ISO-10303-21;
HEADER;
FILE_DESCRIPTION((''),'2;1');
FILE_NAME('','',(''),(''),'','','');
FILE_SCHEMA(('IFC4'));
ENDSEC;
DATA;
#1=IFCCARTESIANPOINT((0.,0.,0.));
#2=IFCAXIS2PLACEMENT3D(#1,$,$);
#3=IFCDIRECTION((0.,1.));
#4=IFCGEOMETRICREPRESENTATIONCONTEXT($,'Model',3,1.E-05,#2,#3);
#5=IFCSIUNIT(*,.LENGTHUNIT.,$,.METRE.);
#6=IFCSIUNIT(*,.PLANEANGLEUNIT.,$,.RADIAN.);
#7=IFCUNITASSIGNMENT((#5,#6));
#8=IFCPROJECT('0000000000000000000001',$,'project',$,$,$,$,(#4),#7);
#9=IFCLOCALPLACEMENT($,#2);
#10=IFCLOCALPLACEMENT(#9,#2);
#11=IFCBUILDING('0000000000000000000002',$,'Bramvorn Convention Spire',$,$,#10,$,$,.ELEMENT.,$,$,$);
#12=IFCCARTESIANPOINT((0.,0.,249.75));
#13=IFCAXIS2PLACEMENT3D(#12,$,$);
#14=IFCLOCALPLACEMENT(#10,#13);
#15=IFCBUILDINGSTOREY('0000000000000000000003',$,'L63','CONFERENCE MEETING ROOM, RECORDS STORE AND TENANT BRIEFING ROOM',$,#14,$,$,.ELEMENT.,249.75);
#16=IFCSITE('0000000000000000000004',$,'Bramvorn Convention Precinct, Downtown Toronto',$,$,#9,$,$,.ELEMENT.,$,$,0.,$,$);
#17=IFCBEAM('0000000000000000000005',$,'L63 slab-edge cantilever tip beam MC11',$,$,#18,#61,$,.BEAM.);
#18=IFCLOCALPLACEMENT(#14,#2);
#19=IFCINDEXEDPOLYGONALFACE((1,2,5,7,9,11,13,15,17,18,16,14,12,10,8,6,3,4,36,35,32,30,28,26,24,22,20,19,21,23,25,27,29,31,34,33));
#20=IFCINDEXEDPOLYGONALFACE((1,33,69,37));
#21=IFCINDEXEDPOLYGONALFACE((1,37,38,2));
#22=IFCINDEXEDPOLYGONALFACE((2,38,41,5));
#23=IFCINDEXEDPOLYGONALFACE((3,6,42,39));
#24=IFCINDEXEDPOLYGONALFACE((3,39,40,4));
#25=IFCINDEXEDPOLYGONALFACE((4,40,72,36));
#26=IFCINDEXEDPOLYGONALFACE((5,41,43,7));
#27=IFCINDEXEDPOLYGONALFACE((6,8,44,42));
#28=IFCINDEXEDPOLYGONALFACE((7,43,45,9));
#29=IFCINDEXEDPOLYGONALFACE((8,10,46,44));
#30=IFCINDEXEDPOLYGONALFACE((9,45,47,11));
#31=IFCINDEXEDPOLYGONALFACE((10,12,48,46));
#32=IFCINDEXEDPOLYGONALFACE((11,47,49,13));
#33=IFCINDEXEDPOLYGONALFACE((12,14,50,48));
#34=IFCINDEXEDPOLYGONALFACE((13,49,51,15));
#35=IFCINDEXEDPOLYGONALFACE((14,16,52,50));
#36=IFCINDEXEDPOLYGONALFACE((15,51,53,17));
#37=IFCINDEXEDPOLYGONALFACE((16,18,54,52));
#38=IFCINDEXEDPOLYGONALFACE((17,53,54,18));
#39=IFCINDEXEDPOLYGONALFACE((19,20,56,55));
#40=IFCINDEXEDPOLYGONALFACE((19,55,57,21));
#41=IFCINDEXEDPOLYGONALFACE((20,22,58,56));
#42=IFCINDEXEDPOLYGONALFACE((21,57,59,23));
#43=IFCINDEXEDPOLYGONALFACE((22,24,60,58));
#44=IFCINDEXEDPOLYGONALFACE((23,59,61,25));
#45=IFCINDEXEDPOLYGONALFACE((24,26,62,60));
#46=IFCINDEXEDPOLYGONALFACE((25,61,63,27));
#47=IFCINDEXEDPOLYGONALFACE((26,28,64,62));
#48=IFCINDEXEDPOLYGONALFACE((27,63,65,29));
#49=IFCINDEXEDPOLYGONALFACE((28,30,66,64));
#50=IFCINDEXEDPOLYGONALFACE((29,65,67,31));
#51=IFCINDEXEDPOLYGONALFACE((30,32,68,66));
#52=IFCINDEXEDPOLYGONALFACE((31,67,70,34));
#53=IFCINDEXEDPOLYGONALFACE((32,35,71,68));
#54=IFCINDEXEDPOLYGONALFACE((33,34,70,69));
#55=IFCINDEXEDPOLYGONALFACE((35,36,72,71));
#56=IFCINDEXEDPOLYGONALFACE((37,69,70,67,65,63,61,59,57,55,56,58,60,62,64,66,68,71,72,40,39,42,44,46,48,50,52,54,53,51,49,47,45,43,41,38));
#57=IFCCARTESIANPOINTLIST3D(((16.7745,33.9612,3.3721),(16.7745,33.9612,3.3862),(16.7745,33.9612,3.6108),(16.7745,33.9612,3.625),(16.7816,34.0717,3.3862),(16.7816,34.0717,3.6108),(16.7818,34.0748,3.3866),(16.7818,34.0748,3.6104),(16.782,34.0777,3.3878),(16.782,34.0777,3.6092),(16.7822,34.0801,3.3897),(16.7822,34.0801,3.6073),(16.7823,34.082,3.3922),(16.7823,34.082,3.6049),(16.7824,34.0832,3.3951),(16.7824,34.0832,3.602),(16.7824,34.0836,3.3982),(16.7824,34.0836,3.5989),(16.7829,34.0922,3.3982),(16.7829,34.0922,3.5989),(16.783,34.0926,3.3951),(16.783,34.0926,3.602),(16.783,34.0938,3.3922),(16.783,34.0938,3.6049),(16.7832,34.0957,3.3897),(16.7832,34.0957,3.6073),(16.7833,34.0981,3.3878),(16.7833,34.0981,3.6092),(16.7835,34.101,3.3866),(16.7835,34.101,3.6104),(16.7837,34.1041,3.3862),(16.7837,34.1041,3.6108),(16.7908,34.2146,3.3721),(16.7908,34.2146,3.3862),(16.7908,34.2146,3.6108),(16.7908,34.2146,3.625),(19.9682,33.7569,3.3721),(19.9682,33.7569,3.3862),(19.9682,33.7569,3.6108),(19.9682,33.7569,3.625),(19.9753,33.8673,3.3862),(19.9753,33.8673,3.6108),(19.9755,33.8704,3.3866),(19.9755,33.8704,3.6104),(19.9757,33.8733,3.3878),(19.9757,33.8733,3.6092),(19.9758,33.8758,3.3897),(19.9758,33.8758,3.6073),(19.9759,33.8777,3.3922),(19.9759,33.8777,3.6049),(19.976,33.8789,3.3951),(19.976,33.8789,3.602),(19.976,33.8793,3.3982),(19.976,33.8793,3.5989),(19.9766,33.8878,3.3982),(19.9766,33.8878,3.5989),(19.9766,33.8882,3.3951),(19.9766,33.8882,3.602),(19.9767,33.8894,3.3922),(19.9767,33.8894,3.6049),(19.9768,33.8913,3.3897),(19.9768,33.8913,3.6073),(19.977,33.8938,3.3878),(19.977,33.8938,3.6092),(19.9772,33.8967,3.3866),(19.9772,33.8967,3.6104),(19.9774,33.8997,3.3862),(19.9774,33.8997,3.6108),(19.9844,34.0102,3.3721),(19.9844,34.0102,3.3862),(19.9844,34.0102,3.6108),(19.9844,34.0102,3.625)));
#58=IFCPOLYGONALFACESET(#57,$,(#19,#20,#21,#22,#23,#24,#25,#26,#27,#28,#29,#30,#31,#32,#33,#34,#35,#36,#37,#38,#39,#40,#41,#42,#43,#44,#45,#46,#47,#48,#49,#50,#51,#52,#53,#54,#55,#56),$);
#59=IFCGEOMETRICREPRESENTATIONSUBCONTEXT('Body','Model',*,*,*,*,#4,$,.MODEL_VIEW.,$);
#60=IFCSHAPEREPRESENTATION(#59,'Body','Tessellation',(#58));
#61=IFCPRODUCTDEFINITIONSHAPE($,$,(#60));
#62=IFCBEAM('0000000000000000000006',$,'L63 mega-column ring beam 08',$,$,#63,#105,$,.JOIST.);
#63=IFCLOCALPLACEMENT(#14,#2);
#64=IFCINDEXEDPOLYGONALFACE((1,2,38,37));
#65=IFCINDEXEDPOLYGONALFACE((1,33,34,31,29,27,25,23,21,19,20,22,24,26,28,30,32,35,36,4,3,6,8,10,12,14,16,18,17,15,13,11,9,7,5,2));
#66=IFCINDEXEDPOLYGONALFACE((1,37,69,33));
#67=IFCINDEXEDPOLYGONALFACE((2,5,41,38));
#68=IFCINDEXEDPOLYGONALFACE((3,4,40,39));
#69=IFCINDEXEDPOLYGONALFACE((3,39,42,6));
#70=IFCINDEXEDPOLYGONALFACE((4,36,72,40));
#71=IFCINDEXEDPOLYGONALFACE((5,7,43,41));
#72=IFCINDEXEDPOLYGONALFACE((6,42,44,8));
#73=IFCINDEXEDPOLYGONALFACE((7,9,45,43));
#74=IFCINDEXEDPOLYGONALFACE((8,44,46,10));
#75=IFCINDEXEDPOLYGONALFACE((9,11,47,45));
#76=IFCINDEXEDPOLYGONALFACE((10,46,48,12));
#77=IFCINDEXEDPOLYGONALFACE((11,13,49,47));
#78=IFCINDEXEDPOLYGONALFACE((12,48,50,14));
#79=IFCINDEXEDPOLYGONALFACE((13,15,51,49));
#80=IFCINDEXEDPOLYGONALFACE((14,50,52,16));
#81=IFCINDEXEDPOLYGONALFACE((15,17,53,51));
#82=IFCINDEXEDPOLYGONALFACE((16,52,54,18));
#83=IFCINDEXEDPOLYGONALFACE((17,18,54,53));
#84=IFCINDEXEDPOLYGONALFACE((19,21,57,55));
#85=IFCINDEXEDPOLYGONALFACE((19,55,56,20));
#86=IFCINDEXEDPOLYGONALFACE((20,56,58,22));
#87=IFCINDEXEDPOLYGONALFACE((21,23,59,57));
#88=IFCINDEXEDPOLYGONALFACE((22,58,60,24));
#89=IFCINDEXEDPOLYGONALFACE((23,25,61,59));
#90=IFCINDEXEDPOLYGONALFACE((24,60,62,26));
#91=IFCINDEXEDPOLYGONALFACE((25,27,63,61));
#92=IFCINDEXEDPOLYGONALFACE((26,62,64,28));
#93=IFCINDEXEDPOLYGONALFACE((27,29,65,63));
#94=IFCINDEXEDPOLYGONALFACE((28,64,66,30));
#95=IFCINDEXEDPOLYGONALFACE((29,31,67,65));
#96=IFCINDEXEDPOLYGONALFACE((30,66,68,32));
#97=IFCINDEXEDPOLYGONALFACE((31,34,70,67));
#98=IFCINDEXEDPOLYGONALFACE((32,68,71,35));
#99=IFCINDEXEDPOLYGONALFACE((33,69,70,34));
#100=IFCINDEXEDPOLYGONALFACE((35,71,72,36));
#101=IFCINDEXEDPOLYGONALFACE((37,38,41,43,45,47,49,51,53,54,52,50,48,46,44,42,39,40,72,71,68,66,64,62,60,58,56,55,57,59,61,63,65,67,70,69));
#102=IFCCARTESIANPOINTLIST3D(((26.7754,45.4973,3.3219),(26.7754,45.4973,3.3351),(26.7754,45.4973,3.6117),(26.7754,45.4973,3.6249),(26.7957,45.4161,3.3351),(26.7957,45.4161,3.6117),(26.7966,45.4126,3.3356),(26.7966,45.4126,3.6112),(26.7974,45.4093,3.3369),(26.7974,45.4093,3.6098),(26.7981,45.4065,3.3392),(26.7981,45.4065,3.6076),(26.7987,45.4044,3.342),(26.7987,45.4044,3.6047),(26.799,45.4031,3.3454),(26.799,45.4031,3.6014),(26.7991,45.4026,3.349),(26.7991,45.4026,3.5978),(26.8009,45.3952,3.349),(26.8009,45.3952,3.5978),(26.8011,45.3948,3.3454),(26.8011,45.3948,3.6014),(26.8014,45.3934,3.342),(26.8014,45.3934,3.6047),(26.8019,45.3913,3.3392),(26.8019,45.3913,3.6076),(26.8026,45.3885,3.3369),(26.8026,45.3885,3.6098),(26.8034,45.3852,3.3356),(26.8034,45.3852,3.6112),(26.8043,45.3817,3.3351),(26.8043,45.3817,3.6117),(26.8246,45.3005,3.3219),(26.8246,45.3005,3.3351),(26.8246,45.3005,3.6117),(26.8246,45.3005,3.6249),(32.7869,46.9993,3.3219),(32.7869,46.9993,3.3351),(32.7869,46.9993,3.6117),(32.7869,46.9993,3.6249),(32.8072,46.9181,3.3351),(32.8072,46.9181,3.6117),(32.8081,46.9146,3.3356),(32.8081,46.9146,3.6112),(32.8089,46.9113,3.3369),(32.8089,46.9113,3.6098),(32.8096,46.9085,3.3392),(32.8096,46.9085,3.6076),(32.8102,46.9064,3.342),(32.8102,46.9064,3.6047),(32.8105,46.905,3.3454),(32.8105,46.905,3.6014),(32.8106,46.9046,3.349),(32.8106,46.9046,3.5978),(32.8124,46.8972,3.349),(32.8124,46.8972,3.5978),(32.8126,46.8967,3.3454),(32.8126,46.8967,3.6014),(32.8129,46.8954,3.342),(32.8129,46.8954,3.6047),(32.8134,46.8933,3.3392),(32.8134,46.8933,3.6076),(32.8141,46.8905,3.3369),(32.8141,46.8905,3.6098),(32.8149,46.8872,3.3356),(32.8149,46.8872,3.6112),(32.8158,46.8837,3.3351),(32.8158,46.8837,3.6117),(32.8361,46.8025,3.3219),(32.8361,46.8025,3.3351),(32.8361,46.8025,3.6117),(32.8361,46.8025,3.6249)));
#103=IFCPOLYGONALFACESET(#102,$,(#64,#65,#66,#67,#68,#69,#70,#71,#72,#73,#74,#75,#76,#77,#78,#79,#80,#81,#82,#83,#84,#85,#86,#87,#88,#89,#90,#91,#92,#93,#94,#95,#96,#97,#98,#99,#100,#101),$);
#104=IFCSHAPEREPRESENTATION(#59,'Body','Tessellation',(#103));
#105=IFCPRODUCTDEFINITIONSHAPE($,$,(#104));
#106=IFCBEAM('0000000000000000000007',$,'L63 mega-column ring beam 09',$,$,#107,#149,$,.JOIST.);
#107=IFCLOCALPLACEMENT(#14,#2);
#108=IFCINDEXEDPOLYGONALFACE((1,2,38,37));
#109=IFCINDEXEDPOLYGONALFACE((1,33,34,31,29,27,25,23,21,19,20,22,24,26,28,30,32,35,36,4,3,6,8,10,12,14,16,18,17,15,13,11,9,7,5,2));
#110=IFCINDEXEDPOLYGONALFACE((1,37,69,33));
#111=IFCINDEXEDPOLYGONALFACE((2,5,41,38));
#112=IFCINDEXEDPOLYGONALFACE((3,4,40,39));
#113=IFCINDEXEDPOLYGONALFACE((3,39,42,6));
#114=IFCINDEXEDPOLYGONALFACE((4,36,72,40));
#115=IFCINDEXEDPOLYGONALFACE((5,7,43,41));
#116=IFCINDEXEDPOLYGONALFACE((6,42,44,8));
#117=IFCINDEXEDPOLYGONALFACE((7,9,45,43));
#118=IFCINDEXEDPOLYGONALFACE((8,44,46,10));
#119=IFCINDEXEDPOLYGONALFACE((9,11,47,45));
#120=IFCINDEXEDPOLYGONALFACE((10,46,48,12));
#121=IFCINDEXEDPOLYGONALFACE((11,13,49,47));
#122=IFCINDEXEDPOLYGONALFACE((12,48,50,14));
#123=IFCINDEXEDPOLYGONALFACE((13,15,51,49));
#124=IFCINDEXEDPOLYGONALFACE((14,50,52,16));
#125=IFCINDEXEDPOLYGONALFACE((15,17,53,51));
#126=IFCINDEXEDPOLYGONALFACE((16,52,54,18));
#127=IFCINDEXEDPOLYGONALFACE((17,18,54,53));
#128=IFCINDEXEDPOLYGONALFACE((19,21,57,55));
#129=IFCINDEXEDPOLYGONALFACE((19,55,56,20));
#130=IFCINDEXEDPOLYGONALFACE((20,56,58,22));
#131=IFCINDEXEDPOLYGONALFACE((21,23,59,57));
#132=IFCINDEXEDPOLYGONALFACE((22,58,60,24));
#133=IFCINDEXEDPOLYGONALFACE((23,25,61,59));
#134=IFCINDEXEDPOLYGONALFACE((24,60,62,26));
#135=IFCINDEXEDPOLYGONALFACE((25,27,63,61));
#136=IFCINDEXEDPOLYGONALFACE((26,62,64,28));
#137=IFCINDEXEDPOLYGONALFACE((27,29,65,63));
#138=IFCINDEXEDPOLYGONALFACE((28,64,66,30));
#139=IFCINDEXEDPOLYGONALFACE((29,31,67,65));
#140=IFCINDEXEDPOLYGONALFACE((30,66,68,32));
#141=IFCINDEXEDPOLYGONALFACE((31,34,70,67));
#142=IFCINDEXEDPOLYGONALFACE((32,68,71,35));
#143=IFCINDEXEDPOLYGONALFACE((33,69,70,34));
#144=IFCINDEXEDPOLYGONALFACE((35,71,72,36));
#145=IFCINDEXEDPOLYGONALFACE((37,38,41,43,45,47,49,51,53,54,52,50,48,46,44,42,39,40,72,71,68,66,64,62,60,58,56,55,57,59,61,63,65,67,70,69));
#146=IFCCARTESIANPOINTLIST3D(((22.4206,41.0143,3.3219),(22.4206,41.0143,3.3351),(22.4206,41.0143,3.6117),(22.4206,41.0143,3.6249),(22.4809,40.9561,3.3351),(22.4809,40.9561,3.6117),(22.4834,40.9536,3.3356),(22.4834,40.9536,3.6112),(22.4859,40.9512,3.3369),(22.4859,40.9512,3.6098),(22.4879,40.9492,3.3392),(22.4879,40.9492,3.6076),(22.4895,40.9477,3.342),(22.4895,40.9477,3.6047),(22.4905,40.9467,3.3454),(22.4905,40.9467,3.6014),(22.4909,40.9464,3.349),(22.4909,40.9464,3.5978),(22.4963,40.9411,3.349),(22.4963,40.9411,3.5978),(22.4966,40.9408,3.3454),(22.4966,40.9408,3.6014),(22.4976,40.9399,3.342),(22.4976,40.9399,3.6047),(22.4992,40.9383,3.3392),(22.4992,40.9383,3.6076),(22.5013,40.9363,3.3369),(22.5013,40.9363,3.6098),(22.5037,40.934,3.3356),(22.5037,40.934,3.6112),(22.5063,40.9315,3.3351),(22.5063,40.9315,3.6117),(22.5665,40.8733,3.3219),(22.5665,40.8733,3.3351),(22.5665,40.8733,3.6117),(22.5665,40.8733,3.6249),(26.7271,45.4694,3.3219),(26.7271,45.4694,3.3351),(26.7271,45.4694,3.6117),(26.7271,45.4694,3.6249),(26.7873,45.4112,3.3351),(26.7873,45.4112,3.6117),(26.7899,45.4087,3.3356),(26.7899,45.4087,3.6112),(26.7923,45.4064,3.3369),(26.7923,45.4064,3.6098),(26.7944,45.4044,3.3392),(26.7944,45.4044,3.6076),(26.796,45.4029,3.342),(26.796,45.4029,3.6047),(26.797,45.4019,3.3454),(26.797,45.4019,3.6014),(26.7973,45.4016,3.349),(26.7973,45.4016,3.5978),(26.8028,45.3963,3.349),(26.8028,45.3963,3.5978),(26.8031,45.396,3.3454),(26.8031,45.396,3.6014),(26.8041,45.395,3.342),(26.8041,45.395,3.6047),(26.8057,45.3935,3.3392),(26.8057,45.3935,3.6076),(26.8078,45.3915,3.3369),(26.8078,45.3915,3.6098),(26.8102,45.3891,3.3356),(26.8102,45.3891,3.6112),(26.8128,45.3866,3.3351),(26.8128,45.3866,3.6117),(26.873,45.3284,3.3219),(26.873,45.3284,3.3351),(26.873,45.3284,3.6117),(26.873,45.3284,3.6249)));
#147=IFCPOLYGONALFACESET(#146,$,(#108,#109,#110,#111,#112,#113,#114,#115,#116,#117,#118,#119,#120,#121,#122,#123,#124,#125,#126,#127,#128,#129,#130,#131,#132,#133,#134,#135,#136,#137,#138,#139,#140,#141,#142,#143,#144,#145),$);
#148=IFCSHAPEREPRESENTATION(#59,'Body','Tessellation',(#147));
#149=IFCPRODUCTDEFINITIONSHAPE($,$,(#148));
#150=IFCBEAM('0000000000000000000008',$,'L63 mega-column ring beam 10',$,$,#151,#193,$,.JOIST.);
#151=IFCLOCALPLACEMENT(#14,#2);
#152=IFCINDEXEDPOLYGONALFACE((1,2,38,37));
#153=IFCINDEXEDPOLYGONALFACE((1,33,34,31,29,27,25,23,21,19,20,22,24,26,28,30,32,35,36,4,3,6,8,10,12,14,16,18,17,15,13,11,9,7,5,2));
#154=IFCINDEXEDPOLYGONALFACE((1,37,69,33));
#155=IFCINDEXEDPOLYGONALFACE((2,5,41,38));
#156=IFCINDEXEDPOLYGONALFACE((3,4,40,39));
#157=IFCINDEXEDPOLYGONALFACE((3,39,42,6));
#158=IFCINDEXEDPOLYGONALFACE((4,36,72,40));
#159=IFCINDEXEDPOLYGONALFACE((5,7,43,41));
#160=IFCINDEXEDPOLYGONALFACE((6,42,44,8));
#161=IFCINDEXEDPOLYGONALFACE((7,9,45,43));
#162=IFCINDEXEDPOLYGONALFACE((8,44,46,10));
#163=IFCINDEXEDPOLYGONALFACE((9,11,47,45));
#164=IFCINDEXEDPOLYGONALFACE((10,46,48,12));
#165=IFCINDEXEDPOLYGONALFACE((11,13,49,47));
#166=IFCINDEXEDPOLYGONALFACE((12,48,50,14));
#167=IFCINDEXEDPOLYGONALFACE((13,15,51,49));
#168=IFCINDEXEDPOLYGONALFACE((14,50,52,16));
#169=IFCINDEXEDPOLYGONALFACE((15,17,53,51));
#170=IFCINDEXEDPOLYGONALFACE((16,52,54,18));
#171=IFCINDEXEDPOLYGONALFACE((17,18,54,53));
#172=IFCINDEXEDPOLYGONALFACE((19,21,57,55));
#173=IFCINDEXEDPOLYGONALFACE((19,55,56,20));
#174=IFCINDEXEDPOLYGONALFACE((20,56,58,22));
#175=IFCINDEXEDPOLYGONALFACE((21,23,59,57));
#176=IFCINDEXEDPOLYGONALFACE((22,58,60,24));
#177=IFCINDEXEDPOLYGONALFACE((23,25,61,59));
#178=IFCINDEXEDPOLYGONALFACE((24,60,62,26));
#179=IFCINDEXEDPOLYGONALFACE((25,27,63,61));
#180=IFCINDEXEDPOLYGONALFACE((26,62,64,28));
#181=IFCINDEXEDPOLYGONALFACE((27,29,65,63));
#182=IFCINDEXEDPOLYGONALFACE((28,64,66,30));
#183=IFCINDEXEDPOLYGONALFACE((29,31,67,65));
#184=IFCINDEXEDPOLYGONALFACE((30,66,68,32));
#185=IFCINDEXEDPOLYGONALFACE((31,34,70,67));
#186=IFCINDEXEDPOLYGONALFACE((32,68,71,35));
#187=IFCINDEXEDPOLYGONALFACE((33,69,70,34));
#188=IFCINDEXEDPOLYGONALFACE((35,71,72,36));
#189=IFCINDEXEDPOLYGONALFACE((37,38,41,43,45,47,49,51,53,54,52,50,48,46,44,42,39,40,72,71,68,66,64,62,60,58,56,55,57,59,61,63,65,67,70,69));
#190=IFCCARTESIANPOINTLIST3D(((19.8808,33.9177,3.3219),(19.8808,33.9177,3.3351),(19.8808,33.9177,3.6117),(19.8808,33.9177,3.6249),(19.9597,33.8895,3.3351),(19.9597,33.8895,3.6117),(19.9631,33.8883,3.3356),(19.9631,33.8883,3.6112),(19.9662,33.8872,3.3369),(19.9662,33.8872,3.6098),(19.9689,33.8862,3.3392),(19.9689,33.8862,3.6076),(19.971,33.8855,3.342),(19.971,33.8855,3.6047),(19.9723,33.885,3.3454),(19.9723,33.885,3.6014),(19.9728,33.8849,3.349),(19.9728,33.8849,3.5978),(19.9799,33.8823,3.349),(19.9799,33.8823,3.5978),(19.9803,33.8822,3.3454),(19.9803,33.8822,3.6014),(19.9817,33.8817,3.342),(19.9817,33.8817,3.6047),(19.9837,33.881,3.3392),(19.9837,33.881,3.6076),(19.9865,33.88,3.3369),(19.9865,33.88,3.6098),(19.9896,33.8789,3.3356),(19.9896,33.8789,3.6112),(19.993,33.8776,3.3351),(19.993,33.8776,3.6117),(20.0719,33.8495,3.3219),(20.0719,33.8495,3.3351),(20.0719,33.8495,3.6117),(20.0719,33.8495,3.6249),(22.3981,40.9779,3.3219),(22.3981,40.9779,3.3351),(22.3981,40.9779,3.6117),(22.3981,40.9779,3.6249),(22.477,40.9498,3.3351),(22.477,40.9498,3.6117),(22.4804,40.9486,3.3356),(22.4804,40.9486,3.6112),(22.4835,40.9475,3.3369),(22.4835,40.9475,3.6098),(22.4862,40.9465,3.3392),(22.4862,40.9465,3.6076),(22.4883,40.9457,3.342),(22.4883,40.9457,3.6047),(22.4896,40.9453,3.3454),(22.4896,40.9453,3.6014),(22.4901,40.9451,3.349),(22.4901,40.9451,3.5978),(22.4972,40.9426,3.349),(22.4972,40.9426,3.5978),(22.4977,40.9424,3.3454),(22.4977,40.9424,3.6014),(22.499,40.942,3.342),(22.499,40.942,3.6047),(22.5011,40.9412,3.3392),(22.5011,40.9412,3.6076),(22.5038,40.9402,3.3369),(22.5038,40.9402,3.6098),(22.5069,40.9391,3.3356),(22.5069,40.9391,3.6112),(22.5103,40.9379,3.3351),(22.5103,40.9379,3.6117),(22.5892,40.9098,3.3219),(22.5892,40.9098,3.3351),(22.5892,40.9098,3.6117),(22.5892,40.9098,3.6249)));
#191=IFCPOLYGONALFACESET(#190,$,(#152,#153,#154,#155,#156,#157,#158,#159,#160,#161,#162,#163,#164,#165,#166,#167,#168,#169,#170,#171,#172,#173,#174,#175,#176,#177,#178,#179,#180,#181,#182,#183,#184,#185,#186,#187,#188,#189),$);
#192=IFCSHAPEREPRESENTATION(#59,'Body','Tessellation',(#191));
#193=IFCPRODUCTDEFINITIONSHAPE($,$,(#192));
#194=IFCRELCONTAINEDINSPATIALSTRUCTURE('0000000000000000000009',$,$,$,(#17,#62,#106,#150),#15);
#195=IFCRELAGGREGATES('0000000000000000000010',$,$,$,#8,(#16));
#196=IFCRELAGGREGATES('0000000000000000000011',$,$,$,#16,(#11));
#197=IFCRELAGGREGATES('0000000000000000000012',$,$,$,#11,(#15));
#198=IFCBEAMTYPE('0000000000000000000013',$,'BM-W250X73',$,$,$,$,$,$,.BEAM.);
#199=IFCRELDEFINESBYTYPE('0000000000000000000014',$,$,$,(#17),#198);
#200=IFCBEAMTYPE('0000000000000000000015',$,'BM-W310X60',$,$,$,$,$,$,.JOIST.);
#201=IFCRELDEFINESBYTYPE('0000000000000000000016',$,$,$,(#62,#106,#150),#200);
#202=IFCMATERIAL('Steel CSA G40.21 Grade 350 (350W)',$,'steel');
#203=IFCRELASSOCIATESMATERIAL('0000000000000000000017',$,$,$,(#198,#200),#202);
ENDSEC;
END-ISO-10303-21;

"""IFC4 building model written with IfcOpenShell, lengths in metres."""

from ifc_helpers import new_model, si_unit, direction, frame, origin, origin_2d, place, context, subcontext, project, spatial, i_section, extrude, material, material_profile, profile_set, type_object, element, save


model = new_model("IFC4")

# Units and contexts
model_context = context("Model", 3, precision=1e-05, world=origin(), true_north=direction((0.0, 1.0)))
body_context = subcontext(model_context, "Body", "Model", "MODEL_VIEW")
ifc_project = project(units=[si_unit("LENGTHUNIT", "METRE"), si_unit("PLANEANGLEUNIT", "RADIAN")], contexts=[model_context])

# Site, building, storey
site_placement = place(None, origin())
site = spatial("IfcSite", under=ifc_project, at=site_placement, Name="Bramvorn Convention Precinct, Downtown Toronto", CompositionType="ELEMENT", RefElevation=0.0)
building_placement = place(site_placement, origin())
building = spatial("IfcBuilding", under=site, at=building_placement, Name="Bramvorn Convention Spire", CompositionType="ELEMENT")
storey_placement = place(building_placement, frame((0.0, 0.0, 249.75)))
storey = spatial("IfcBuildingStorey", under=building, at=storey_placement, Name="L63", Description="CONFERENCE MEETING ROOM, RECORDS STORE AND TENANT BRIEFING ROOM", CompositionType="ELEMENT", Elevation=249.75)

# Shared definitions
ifc_material_1 = material(Name="Steel CSA G40.21 Grade 350 (350W)", Category="steel")

# Beams
ifc_material_profile_1 = material_profile(ifc_material_1, i_section(OverallWidth=0.2539, OverallDepth=0.2529, WebThickness=0.0085, FlangeThickness=0.0142, FilletRadius=0.012, at=origin_2d()))
ifc_profile_set_1 = profile_set([ifc_material_profile_1], Name="Steel CSA G40.21 Grade 350 (350W) - W250X73")
beam_type_1 = type_object("IfcBeamType", Name="BM-W250X73", PredefinedType="BEAM", material=ifc_profile_set_1)
beam_1_placement = place(storey_placement, frame((19.9763, 33.8835, 3.4985), z_axis=(-0.997959, 0.063855, 0.0), x_axis=(-0.063855, -0.997959, 0.0)))
element("IfcBeam", 1, at=beam_1_placement, inside=storey, type_object=beam_type_1, Name="L63 slab-edge cantilever tip beam MC11", PredefinedType="BEAM", context=body_context, shape_type="SweptSolid", body=[
    extrude(i_section(OverallWidth=0.2539, OverallDepth=0.2529, WebThickness=0.0085, FlangeThickness=0.0142, FilletRadius=0.012, at=origin_2d()), origin(), (0.0, 0.0, 1.0), 3.2002),
])
ifc_material_profile_2 = material_profile(ifc_material_1, i_section(OverallWidth=0.2029, OverallDepth=0.303, WebThickness=0.0076, FlangeThickness=0.0132, FilletRadius=0.0139, at=origin_2d()))
ifc_profile_set_2 = profile_set([ifc_material_profile_2], Name="Steel CSA G40.21 Grade 350 (350W) - W310X60")
beam_type_2 = type_object("IfcBeamType", Name="BM-W310X60", PredefinedType="JOIST", material=ifc_profile_set_2)
for number, where, z_axis, x_axis, name in (
    (2, (32.8115, 46.9009, 3.4734), (-0.970177, -0.242397, 0.0), (0.242397, -0.970177, 0.0), "L63 mega-column ring beam 08"),
    (3, (26.8, 45.3989, 3.4734), (-0.695007, -0.719003, 0.0), (0.719003, -0.695007, 0.0), "L63 mega-column ring beam 09"),
):
    element("IfcBeam", number, at=place(storey_placement, frame(where, z_axis=z_axis, x_axis=x_axis)), inside=storey, type_object=beam_type_2, Name=name, PredefinedType="JOIST", context=body_context, shape_type="SweptSolid", body=[
        extrude(i_section(OverallWidth=0.2029, OverallDepth=0.303, WebThickness=0.0076, FlangeThickness=0.0132, FilletRadius=0.0139, at=origin_2d()), origin(), (0.0, 0.0, 1.0), 6.1963),
    ])
beam_2_placement = place(storey_placement, frame((22.4937, 40.9438, 3.4734), z_axis=(-0.335839, -0.941919, 0.0), x_axis=(0.941919, -0.335839, 0.0)))
element("IfcBeam", 4, at=beam_2_placement, inside=storey, type_object=beam_type_2, Name="L63 mega-column ring beam 10", PredefinedType="JOIST", context=body_context, shape_type="SweptSolid", body=[
    extrude(i_section(OverallWidth=0.2029, OverallDepth=0.303, WebThickness=0.0076, FlangeThickness=0.0132, FilletRadius=0.0139, at=origin_2d()), origin(), (0.0, 0.0, 1.0), 7.4956),
])

save(model, "model.ifc")
